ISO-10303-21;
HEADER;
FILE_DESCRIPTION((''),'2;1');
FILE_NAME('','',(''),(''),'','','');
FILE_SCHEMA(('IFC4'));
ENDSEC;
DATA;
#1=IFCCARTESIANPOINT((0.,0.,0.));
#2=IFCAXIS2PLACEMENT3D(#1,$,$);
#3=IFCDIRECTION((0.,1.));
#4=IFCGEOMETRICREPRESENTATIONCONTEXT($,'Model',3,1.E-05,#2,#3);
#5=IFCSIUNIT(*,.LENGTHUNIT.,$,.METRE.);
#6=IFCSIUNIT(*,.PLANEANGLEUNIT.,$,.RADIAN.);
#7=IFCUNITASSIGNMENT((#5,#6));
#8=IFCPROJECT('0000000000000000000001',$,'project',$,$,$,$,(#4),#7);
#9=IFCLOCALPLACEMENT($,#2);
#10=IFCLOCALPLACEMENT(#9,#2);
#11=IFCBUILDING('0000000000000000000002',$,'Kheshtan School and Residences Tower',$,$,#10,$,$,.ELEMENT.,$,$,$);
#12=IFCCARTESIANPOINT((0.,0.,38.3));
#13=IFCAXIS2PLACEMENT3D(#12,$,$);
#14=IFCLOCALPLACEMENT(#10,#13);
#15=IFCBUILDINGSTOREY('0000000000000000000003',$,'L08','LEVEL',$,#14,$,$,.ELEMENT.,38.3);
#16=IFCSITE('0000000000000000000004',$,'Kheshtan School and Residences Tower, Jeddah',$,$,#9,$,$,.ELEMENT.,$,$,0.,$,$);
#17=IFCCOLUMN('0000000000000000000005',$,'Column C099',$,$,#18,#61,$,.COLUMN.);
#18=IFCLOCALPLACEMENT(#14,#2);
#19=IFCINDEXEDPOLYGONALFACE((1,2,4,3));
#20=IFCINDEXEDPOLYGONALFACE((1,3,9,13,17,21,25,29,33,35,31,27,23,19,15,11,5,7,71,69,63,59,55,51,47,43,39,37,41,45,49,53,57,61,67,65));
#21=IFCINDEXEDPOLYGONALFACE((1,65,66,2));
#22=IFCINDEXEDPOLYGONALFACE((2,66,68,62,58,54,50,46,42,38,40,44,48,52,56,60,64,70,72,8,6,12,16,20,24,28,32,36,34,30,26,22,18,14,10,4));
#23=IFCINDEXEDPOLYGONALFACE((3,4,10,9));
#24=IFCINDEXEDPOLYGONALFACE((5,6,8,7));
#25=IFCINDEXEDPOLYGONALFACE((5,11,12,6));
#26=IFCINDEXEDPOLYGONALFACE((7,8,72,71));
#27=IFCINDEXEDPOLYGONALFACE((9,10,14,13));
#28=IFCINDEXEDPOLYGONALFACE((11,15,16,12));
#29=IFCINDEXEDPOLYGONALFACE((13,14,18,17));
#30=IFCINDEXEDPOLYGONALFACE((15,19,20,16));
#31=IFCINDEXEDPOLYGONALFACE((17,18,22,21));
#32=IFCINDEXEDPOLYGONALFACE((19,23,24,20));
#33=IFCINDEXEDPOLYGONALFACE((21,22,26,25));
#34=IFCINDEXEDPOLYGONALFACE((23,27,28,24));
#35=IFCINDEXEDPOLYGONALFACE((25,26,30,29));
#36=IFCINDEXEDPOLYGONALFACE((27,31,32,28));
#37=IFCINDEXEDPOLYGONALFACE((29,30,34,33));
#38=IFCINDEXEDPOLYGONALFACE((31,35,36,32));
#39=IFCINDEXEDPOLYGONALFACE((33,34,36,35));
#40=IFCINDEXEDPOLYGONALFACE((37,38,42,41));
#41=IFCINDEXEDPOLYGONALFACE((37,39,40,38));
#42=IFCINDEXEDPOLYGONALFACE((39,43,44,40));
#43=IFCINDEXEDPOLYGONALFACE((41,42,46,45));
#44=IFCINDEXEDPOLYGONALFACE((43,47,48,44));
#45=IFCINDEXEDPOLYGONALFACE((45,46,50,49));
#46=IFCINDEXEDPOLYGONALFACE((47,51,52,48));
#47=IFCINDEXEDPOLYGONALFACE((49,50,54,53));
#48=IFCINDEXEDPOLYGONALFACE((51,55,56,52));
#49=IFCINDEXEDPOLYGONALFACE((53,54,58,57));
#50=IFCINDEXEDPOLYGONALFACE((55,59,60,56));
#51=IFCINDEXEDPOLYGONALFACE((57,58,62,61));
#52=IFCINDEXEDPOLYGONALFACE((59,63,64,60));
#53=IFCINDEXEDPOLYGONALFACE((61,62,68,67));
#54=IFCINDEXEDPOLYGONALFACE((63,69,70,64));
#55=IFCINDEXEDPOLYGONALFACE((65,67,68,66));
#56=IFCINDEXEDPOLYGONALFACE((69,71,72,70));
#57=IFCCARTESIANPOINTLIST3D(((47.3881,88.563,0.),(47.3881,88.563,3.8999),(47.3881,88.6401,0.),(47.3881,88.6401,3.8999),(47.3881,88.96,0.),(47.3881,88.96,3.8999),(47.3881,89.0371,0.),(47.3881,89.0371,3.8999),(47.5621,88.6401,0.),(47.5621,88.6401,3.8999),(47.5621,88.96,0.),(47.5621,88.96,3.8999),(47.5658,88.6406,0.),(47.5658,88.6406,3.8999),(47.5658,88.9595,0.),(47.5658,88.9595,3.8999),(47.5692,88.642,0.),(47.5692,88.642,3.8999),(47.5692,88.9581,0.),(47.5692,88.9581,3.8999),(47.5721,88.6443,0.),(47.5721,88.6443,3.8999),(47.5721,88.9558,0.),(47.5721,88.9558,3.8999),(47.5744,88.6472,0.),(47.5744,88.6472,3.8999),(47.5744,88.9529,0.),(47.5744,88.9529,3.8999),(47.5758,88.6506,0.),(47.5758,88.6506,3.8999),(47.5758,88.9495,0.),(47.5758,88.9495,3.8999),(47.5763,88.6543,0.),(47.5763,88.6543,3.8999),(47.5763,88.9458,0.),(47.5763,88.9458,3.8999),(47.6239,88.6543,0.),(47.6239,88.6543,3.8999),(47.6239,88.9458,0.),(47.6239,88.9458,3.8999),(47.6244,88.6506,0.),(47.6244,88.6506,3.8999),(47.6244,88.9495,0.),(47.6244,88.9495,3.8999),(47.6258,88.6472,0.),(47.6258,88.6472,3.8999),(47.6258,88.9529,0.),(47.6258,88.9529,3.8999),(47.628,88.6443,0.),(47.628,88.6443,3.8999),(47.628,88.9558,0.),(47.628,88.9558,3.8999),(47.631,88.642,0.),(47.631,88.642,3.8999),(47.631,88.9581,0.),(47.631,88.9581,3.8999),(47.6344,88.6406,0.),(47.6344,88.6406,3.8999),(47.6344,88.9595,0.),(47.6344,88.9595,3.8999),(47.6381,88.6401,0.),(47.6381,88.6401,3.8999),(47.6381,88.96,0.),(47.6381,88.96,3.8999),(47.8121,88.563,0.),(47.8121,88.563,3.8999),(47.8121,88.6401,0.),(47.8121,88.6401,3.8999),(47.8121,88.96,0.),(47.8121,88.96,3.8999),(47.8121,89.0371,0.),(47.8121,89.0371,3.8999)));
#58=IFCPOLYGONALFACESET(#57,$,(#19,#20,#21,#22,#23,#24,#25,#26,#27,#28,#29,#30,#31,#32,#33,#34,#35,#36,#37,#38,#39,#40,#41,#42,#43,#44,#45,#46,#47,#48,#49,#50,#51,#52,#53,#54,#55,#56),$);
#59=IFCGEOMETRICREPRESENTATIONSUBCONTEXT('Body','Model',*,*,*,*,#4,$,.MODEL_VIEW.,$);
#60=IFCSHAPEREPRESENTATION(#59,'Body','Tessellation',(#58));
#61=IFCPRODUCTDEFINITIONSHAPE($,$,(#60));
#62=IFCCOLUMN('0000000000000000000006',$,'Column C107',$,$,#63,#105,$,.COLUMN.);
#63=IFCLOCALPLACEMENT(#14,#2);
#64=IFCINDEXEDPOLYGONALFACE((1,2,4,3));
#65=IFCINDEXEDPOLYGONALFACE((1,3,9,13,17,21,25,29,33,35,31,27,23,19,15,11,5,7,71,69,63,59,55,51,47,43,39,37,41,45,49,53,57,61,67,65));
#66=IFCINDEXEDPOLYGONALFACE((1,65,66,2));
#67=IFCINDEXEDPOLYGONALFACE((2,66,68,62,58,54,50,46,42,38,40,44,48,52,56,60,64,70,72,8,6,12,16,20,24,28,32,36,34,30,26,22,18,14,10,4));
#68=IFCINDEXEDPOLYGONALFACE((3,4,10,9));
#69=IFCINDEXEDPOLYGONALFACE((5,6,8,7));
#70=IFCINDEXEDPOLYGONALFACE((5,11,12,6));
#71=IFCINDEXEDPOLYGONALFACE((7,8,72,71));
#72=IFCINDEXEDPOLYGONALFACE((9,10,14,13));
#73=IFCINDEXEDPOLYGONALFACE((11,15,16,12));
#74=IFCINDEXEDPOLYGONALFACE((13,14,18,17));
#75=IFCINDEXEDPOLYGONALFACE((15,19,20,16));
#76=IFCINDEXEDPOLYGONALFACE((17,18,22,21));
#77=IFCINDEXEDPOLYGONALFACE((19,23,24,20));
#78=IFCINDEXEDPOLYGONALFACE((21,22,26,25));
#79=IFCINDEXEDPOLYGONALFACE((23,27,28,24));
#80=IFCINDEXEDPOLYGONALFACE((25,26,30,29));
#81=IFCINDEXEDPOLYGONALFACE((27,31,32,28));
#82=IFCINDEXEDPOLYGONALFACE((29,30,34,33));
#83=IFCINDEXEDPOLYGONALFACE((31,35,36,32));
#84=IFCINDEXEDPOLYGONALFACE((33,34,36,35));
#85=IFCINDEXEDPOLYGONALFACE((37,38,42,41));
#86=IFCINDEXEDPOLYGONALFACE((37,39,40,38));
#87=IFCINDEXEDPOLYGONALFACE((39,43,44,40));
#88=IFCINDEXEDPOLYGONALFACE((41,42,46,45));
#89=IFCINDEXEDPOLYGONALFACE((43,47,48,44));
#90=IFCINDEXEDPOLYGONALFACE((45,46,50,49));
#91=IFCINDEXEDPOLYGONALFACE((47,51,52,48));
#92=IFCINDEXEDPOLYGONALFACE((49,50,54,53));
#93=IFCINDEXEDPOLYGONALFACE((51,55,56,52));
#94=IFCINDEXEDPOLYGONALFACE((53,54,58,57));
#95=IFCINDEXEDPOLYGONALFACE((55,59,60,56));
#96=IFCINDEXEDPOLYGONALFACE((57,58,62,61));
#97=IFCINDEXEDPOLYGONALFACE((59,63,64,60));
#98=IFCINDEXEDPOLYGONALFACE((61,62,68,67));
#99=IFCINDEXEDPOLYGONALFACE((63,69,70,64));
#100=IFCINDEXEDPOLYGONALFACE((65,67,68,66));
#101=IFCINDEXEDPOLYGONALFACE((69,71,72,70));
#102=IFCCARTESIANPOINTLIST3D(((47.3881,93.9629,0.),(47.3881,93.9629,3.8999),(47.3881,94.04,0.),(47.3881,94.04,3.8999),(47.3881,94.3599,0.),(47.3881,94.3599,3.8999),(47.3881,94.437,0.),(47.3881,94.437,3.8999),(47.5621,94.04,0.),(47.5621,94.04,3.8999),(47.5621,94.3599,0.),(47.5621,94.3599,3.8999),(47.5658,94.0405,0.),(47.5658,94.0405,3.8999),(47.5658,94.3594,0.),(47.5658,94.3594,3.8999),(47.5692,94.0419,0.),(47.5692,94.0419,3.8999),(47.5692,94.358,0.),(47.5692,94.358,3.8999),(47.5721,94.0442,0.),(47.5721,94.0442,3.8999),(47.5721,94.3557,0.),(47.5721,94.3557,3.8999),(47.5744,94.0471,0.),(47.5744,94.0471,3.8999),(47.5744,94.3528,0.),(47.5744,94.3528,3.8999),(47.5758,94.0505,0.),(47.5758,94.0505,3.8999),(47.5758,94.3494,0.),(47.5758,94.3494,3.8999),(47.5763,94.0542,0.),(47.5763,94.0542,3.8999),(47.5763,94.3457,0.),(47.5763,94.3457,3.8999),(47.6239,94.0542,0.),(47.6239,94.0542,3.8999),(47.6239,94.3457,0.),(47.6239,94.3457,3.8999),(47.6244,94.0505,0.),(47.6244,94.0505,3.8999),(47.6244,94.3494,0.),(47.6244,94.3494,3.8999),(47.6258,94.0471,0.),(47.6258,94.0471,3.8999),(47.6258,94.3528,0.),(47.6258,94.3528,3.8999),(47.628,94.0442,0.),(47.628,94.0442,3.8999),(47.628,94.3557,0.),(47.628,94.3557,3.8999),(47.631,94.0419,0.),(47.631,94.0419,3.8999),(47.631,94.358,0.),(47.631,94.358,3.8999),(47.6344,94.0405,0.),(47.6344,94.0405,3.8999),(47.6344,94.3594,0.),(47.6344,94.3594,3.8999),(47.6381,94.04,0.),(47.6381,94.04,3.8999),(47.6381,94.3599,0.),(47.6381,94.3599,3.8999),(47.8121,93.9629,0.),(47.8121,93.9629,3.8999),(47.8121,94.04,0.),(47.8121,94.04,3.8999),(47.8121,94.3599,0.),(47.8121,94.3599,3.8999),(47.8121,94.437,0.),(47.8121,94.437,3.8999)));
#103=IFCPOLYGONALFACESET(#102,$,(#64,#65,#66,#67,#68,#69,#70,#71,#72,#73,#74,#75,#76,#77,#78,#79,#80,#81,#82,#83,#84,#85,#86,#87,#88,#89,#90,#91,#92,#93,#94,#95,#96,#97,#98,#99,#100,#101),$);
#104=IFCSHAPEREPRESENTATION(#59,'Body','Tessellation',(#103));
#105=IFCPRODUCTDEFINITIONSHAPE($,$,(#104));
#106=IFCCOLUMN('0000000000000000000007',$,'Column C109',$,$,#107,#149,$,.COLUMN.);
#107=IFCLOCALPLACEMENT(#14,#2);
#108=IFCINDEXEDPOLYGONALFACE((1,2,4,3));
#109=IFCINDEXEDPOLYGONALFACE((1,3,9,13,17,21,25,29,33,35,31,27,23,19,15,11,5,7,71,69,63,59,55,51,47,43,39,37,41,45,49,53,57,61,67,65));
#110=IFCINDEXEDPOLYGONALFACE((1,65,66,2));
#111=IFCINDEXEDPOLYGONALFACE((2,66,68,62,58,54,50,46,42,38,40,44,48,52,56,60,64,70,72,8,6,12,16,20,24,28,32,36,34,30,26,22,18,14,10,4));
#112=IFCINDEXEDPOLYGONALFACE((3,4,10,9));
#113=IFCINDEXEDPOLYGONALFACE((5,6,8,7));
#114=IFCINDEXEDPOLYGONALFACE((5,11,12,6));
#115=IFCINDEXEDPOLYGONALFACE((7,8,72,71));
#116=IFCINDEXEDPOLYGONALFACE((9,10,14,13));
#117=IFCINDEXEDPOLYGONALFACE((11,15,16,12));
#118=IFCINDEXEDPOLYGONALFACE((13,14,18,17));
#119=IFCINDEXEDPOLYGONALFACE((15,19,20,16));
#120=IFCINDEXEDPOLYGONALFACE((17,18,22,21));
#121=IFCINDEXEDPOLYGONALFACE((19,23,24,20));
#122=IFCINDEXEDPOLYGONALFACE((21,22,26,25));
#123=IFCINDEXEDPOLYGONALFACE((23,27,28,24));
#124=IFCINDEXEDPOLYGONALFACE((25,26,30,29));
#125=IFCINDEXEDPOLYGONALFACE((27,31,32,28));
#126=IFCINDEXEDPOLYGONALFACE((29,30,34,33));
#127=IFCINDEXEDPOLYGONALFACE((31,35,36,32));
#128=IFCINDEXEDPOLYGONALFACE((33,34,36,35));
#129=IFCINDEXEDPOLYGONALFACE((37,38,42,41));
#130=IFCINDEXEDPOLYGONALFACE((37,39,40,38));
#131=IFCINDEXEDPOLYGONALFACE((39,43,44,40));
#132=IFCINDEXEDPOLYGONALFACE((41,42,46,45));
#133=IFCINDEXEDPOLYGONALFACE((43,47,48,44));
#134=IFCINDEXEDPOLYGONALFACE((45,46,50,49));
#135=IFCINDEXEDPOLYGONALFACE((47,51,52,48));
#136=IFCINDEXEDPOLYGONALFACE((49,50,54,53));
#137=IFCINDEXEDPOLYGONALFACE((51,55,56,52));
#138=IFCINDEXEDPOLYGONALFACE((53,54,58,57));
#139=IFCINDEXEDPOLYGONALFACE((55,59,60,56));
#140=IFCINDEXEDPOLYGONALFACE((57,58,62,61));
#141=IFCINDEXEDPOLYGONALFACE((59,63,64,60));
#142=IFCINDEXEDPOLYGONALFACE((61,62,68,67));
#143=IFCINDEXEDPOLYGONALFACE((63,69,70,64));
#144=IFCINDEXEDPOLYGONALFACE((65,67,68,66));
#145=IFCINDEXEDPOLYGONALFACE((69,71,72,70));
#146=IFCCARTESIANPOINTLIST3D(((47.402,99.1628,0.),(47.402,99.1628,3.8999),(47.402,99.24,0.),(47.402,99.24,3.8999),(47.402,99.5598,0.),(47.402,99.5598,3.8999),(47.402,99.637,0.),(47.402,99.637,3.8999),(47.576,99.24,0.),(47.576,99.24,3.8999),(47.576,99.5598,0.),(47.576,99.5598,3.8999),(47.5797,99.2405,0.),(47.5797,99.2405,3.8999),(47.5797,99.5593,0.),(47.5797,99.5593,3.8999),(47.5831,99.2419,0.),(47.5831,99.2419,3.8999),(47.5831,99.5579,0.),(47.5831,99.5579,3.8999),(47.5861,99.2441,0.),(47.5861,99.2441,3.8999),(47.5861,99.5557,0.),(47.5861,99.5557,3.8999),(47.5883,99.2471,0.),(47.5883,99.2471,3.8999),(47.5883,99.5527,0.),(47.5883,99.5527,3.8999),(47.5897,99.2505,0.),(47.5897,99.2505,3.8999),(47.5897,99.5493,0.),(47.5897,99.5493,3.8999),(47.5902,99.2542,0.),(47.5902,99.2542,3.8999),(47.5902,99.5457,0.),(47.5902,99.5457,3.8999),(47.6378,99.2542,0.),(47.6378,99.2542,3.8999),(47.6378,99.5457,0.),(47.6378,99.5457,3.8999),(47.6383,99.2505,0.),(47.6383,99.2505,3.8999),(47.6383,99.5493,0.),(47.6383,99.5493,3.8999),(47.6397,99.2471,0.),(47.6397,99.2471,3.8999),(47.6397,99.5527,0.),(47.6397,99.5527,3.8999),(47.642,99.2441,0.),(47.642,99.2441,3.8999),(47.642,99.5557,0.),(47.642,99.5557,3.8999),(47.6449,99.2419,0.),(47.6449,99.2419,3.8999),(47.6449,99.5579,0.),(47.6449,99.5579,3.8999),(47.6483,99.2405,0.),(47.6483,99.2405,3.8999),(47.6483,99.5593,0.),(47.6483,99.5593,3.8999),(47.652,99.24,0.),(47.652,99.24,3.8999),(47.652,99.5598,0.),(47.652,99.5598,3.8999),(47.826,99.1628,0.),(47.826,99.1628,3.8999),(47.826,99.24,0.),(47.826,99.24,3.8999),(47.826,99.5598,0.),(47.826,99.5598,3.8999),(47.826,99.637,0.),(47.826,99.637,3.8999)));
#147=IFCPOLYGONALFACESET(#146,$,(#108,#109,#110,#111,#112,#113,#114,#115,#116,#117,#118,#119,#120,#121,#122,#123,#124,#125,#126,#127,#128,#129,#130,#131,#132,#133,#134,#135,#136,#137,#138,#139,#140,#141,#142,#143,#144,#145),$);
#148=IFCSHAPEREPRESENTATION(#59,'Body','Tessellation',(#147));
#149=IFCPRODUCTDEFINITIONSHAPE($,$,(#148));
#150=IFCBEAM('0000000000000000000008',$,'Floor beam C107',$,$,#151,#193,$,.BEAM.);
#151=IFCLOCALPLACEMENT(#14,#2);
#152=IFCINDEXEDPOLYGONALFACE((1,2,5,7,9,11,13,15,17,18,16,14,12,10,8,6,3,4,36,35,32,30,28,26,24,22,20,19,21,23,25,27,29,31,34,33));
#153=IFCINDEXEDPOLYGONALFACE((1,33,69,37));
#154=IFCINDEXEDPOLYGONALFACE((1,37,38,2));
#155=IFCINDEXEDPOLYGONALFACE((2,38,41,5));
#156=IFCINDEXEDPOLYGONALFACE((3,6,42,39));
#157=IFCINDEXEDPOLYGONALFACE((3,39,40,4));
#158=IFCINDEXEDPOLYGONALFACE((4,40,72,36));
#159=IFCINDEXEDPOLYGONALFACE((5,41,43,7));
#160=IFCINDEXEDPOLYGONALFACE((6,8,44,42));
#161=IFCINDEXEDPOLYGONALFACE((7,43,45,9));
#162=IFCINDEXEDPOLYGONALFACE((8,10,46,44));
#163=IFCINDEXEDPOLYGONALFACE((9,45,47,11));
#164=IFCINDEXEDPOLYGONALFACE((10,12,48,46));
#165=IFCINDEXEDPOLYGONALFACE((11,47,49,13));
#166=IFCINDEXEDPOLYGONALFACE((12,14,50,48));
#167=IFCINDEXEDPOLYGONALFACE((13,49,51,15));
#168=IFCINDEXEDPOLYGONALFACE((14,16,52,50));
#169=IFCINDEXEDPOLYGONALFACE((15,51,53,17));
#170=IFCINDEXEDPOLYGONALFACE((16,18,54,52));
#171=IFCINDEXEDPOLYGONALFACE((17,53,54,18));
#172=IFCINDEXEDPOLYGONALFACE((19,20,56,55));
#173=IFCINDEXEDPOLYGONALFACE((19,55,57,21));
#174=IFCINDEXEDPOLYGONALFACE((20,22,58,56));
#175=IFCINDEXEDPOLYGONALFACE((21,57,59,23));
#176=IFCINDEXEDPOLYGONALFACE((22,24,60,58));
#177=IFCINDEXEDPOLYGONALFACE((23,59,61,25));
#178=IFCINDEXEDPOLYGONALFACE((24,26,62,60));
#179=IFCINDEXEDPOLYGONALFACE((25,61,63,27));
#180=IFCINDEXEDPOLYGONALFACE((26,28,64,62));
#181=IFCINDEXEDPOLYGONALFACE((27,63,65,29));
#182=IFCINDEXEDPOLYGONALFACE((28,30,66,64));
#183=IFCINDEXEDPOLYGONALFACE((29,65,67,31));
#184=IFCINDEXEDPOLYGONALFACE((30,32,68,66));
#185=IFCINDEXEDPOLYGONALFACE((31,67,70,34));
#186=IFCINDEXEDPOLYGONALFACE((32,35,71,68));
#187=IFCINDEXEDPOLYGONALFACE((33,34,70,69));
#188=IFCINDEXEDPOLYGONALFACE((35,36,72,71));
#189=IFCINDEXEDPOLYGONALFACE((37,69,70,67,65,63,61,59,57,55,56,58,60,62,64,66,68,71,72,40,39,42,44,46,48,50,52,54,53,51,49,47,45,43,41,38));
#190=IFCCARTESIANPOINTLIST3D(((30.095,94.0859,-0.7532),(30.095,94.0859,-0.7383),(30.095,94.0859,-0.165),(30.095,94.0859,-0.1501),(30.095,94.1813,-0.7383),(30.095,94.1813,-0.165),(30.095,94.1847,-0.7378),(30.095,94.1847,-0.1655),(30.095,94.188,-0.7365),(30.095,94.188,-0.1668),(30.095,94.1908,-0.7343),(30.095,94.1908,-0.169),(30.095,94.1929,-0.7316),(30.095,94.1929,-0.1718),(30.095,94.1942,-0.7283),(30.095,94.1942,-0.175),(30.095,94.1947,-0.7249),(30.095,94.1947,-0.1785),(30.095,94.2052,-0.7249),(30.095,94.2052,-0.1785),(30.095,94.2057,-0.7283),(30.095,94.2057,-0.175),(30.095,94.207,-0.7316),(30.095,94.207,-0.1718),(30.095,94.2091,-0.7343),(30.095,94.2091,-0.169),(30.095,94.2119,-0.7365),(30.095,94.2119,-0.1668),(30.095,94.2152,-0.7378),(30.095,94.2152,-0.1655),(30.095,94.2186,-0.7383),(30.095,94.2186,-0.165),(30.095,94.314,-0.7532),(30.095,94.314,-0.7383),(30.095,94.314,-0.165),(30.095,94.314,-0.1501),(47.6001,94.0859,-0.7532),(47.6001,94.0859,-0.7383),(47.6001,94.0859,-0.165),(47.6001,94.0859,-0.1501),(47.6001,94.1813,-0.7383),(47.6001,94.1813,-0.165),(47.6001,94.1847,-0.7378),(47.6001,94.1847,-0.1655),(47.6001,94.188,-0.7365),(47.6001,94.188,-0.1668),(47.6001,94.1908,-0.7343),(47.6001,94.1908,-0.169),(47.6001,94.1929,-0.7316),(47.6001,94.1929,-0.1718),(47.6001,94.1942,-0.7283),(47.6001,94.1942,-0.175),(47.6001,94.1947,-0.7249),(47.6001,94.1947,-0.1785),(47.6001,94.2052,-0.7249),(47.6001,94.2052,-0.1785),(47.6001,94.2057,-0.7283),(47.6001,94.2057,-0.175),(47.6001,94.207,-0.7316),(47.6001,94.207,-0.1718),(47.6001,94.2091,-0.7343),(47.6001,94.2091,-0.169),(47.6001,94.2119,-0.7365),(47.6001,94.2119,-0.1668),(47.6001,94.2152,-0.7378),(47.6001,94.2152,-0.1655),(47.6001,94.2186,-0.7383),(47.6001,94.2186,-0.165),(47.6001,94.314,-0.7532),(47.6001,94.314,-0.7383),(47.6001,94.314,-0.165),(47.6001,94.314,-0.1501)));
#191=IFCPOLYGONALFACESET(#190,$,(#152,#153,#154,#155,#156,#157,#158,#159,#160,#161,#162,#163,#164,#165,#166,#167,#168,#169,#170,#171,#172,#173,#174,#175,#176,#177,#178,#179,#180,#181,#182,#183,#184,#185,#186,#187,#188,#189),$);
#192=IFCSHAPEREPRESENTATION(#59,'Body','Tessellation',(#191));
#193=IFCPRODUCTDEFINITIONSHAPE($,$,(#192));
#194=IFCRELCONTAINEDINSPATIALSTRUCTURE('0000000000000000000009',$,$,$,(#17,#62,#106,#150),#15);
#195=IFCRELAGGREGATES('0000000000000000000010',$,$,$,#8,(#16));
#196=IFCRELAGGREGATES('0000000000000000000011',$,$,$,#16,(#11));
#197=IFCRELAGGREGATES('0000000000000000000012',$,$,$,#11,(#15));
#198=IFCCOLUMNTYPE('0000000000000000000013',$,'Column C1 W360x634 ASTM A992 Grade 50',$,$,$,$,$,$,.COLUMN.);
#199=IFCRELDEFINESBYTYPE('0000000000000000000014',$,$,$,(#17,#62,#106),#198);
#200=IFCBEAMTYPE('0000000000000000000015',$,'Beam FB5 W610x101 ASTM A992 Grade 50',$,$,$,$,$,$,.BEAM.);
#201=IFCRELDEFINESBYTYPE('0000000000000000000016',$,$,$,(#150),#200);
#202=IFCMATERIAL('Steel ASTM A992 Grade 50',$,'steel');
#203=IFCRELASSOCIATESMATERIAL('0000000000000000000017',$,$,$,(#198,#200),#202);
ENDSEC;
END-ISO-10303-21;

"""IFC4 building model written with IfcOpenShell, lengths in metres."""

from ifc_helpers import new_model, si_unit, direction, frame, origin, origin_2d, place, context, subcontext, project, spatial, i_section, extrude, material, material_profile, profile_set, type_object, element, save


model = new_model("IFC4")

# Units and contexts
model_context = context("Model", 3, precision=1e-05, world=origin(), true_north=direction((0.0, 1.0)))
body_context = subcontext(model_context, "Body", "Model", "MODEL_VIEW")
ifc_project = project(units=[si_unit("LENGTHUNIT", "METRE"), si_unit("PLANEANGLEUNIT", "RADIAN")], contexts=[model_context])

# Site, building, storey
site_placement = place(None, origin())
site = spatial("IfcSite", under=ifc_project, at=site_placement, Name="Kheshtan School and Residences Tower, Jeddah", CompositionType="ELEMENT", RefElevation=0.0)
building_placement = place(site_placement, origin())
building = spatial("IfcBuilding", under=site, at=building_placement, Name="Kheshtan School and Residences Tower", CompositionType="ELEMENT")
storey_placement = place(building_placement, frame((0.0, 0.0, 38.3)))
storey = spatial("IfcBuildingStorey", under=building, at=storey_placement, Name="L08", Description="LEVEL", CompositionType="ELEMENT", Elevation=38.3)

# Columns
ifc_material_1 = material(Name="Steel ASTM A992 Grade 50", Category="steel")
ifc_material_profile_1 = material_profile(ifc_material_1, i_section(OverallWidth=0.4241, OverallDepth=0.4741, WebThickness=0.0476, FlangeThickness=0.0771, FilletRadius=0.0142, at=origin_2d()), Name="W360x634")
ifc_profile_set_1 = profile_set([ifc_material_profile_1], Name="Steel ASTM A992 Grade 50")
column_type = type_object("IfcColumnType", Name="Column C1 W360x634 ASTM A992 Grade 50", PredefinedType="COLUMN", material=ifc_profile_set_1)
for number, where, z_axis, x_axis, name in (
    (1, (47.6001, 88.8, 0.0), (0.0, 0.0, 1.0), (1.0, 0.0, 0.0), "Column C099"),
    (2, (47.6001, 94.2, 0.0), (0.0, 0.0, 1.0), (1.0, 0.0, 0.0), "Column C107"),
    (3, (47.614, 99.3999, 0.0), (0.0, 0.0, 1.0), (1.0, 0.0, 0.0), "Column C109"),
):
    element("IfcColumn", number, at=place(storey_placement, frame(where, z_axis=z_axis, x_axis=x_axis)), inside=storey, type_object=column_type, Name=name, PredefinedType="COLUMN", context=body_context, shape_type="SweptSolid", body=[
        extrude(i_section(OverallWidth=0.4241, OverallDepth=0.4741, WebThickness=0.0476, FlangeThickness=0.0771, FilletRadius=0.0142, at=origin_2d()), origin(), (0.0, 0.0, 1.0), 3.8999),
    ])

# Beam
ifc_material_profile_2 = material_profile(ifc_material_1, i_section(OverallWidth=0.228, OverallDepth=0.603, WebThickness=0.0105, FlangeThickness=0.0149, FilletRadius=0.0134, at=origin_2d()), Name="W610x101")
ifc_profile_set_2 = profile_set([ifc_material_profile_2], Name="Steel ASTM A992 Grade 50")
beam_type_1 = type_object("IfcBeamType", Name="Beam FB5 W610x101 ASTM A992 Grade 50", PredefinedType="BEAM", material=ifc_profile_set_2)
beam_1_placement = place(storey_placement, frame((47.6001, 94.2, -0.4517), z_axis=(-1.0, 0.0, 0.0), x_axis=(0.0, -1.0, 0.0)))
element("IfcBeam", 4, at=beam_1_placement, inside=storey, type_object=beam_type_1, Name="Floor beam C107", PredefinedType="BEAM", context=body_context, shape_type="SweptSolid", body=[
    extrude(i_section(OverallWidth=0.228, OverallDepth=0.603, WebThickness=0.0105, FlangeThickness=0.0149, FilletRadius=0.0134, at=origin_2d()), origin(), (0.0, 0.0, 1.0), 17.5051),
])

save(model, "model.ifc")
